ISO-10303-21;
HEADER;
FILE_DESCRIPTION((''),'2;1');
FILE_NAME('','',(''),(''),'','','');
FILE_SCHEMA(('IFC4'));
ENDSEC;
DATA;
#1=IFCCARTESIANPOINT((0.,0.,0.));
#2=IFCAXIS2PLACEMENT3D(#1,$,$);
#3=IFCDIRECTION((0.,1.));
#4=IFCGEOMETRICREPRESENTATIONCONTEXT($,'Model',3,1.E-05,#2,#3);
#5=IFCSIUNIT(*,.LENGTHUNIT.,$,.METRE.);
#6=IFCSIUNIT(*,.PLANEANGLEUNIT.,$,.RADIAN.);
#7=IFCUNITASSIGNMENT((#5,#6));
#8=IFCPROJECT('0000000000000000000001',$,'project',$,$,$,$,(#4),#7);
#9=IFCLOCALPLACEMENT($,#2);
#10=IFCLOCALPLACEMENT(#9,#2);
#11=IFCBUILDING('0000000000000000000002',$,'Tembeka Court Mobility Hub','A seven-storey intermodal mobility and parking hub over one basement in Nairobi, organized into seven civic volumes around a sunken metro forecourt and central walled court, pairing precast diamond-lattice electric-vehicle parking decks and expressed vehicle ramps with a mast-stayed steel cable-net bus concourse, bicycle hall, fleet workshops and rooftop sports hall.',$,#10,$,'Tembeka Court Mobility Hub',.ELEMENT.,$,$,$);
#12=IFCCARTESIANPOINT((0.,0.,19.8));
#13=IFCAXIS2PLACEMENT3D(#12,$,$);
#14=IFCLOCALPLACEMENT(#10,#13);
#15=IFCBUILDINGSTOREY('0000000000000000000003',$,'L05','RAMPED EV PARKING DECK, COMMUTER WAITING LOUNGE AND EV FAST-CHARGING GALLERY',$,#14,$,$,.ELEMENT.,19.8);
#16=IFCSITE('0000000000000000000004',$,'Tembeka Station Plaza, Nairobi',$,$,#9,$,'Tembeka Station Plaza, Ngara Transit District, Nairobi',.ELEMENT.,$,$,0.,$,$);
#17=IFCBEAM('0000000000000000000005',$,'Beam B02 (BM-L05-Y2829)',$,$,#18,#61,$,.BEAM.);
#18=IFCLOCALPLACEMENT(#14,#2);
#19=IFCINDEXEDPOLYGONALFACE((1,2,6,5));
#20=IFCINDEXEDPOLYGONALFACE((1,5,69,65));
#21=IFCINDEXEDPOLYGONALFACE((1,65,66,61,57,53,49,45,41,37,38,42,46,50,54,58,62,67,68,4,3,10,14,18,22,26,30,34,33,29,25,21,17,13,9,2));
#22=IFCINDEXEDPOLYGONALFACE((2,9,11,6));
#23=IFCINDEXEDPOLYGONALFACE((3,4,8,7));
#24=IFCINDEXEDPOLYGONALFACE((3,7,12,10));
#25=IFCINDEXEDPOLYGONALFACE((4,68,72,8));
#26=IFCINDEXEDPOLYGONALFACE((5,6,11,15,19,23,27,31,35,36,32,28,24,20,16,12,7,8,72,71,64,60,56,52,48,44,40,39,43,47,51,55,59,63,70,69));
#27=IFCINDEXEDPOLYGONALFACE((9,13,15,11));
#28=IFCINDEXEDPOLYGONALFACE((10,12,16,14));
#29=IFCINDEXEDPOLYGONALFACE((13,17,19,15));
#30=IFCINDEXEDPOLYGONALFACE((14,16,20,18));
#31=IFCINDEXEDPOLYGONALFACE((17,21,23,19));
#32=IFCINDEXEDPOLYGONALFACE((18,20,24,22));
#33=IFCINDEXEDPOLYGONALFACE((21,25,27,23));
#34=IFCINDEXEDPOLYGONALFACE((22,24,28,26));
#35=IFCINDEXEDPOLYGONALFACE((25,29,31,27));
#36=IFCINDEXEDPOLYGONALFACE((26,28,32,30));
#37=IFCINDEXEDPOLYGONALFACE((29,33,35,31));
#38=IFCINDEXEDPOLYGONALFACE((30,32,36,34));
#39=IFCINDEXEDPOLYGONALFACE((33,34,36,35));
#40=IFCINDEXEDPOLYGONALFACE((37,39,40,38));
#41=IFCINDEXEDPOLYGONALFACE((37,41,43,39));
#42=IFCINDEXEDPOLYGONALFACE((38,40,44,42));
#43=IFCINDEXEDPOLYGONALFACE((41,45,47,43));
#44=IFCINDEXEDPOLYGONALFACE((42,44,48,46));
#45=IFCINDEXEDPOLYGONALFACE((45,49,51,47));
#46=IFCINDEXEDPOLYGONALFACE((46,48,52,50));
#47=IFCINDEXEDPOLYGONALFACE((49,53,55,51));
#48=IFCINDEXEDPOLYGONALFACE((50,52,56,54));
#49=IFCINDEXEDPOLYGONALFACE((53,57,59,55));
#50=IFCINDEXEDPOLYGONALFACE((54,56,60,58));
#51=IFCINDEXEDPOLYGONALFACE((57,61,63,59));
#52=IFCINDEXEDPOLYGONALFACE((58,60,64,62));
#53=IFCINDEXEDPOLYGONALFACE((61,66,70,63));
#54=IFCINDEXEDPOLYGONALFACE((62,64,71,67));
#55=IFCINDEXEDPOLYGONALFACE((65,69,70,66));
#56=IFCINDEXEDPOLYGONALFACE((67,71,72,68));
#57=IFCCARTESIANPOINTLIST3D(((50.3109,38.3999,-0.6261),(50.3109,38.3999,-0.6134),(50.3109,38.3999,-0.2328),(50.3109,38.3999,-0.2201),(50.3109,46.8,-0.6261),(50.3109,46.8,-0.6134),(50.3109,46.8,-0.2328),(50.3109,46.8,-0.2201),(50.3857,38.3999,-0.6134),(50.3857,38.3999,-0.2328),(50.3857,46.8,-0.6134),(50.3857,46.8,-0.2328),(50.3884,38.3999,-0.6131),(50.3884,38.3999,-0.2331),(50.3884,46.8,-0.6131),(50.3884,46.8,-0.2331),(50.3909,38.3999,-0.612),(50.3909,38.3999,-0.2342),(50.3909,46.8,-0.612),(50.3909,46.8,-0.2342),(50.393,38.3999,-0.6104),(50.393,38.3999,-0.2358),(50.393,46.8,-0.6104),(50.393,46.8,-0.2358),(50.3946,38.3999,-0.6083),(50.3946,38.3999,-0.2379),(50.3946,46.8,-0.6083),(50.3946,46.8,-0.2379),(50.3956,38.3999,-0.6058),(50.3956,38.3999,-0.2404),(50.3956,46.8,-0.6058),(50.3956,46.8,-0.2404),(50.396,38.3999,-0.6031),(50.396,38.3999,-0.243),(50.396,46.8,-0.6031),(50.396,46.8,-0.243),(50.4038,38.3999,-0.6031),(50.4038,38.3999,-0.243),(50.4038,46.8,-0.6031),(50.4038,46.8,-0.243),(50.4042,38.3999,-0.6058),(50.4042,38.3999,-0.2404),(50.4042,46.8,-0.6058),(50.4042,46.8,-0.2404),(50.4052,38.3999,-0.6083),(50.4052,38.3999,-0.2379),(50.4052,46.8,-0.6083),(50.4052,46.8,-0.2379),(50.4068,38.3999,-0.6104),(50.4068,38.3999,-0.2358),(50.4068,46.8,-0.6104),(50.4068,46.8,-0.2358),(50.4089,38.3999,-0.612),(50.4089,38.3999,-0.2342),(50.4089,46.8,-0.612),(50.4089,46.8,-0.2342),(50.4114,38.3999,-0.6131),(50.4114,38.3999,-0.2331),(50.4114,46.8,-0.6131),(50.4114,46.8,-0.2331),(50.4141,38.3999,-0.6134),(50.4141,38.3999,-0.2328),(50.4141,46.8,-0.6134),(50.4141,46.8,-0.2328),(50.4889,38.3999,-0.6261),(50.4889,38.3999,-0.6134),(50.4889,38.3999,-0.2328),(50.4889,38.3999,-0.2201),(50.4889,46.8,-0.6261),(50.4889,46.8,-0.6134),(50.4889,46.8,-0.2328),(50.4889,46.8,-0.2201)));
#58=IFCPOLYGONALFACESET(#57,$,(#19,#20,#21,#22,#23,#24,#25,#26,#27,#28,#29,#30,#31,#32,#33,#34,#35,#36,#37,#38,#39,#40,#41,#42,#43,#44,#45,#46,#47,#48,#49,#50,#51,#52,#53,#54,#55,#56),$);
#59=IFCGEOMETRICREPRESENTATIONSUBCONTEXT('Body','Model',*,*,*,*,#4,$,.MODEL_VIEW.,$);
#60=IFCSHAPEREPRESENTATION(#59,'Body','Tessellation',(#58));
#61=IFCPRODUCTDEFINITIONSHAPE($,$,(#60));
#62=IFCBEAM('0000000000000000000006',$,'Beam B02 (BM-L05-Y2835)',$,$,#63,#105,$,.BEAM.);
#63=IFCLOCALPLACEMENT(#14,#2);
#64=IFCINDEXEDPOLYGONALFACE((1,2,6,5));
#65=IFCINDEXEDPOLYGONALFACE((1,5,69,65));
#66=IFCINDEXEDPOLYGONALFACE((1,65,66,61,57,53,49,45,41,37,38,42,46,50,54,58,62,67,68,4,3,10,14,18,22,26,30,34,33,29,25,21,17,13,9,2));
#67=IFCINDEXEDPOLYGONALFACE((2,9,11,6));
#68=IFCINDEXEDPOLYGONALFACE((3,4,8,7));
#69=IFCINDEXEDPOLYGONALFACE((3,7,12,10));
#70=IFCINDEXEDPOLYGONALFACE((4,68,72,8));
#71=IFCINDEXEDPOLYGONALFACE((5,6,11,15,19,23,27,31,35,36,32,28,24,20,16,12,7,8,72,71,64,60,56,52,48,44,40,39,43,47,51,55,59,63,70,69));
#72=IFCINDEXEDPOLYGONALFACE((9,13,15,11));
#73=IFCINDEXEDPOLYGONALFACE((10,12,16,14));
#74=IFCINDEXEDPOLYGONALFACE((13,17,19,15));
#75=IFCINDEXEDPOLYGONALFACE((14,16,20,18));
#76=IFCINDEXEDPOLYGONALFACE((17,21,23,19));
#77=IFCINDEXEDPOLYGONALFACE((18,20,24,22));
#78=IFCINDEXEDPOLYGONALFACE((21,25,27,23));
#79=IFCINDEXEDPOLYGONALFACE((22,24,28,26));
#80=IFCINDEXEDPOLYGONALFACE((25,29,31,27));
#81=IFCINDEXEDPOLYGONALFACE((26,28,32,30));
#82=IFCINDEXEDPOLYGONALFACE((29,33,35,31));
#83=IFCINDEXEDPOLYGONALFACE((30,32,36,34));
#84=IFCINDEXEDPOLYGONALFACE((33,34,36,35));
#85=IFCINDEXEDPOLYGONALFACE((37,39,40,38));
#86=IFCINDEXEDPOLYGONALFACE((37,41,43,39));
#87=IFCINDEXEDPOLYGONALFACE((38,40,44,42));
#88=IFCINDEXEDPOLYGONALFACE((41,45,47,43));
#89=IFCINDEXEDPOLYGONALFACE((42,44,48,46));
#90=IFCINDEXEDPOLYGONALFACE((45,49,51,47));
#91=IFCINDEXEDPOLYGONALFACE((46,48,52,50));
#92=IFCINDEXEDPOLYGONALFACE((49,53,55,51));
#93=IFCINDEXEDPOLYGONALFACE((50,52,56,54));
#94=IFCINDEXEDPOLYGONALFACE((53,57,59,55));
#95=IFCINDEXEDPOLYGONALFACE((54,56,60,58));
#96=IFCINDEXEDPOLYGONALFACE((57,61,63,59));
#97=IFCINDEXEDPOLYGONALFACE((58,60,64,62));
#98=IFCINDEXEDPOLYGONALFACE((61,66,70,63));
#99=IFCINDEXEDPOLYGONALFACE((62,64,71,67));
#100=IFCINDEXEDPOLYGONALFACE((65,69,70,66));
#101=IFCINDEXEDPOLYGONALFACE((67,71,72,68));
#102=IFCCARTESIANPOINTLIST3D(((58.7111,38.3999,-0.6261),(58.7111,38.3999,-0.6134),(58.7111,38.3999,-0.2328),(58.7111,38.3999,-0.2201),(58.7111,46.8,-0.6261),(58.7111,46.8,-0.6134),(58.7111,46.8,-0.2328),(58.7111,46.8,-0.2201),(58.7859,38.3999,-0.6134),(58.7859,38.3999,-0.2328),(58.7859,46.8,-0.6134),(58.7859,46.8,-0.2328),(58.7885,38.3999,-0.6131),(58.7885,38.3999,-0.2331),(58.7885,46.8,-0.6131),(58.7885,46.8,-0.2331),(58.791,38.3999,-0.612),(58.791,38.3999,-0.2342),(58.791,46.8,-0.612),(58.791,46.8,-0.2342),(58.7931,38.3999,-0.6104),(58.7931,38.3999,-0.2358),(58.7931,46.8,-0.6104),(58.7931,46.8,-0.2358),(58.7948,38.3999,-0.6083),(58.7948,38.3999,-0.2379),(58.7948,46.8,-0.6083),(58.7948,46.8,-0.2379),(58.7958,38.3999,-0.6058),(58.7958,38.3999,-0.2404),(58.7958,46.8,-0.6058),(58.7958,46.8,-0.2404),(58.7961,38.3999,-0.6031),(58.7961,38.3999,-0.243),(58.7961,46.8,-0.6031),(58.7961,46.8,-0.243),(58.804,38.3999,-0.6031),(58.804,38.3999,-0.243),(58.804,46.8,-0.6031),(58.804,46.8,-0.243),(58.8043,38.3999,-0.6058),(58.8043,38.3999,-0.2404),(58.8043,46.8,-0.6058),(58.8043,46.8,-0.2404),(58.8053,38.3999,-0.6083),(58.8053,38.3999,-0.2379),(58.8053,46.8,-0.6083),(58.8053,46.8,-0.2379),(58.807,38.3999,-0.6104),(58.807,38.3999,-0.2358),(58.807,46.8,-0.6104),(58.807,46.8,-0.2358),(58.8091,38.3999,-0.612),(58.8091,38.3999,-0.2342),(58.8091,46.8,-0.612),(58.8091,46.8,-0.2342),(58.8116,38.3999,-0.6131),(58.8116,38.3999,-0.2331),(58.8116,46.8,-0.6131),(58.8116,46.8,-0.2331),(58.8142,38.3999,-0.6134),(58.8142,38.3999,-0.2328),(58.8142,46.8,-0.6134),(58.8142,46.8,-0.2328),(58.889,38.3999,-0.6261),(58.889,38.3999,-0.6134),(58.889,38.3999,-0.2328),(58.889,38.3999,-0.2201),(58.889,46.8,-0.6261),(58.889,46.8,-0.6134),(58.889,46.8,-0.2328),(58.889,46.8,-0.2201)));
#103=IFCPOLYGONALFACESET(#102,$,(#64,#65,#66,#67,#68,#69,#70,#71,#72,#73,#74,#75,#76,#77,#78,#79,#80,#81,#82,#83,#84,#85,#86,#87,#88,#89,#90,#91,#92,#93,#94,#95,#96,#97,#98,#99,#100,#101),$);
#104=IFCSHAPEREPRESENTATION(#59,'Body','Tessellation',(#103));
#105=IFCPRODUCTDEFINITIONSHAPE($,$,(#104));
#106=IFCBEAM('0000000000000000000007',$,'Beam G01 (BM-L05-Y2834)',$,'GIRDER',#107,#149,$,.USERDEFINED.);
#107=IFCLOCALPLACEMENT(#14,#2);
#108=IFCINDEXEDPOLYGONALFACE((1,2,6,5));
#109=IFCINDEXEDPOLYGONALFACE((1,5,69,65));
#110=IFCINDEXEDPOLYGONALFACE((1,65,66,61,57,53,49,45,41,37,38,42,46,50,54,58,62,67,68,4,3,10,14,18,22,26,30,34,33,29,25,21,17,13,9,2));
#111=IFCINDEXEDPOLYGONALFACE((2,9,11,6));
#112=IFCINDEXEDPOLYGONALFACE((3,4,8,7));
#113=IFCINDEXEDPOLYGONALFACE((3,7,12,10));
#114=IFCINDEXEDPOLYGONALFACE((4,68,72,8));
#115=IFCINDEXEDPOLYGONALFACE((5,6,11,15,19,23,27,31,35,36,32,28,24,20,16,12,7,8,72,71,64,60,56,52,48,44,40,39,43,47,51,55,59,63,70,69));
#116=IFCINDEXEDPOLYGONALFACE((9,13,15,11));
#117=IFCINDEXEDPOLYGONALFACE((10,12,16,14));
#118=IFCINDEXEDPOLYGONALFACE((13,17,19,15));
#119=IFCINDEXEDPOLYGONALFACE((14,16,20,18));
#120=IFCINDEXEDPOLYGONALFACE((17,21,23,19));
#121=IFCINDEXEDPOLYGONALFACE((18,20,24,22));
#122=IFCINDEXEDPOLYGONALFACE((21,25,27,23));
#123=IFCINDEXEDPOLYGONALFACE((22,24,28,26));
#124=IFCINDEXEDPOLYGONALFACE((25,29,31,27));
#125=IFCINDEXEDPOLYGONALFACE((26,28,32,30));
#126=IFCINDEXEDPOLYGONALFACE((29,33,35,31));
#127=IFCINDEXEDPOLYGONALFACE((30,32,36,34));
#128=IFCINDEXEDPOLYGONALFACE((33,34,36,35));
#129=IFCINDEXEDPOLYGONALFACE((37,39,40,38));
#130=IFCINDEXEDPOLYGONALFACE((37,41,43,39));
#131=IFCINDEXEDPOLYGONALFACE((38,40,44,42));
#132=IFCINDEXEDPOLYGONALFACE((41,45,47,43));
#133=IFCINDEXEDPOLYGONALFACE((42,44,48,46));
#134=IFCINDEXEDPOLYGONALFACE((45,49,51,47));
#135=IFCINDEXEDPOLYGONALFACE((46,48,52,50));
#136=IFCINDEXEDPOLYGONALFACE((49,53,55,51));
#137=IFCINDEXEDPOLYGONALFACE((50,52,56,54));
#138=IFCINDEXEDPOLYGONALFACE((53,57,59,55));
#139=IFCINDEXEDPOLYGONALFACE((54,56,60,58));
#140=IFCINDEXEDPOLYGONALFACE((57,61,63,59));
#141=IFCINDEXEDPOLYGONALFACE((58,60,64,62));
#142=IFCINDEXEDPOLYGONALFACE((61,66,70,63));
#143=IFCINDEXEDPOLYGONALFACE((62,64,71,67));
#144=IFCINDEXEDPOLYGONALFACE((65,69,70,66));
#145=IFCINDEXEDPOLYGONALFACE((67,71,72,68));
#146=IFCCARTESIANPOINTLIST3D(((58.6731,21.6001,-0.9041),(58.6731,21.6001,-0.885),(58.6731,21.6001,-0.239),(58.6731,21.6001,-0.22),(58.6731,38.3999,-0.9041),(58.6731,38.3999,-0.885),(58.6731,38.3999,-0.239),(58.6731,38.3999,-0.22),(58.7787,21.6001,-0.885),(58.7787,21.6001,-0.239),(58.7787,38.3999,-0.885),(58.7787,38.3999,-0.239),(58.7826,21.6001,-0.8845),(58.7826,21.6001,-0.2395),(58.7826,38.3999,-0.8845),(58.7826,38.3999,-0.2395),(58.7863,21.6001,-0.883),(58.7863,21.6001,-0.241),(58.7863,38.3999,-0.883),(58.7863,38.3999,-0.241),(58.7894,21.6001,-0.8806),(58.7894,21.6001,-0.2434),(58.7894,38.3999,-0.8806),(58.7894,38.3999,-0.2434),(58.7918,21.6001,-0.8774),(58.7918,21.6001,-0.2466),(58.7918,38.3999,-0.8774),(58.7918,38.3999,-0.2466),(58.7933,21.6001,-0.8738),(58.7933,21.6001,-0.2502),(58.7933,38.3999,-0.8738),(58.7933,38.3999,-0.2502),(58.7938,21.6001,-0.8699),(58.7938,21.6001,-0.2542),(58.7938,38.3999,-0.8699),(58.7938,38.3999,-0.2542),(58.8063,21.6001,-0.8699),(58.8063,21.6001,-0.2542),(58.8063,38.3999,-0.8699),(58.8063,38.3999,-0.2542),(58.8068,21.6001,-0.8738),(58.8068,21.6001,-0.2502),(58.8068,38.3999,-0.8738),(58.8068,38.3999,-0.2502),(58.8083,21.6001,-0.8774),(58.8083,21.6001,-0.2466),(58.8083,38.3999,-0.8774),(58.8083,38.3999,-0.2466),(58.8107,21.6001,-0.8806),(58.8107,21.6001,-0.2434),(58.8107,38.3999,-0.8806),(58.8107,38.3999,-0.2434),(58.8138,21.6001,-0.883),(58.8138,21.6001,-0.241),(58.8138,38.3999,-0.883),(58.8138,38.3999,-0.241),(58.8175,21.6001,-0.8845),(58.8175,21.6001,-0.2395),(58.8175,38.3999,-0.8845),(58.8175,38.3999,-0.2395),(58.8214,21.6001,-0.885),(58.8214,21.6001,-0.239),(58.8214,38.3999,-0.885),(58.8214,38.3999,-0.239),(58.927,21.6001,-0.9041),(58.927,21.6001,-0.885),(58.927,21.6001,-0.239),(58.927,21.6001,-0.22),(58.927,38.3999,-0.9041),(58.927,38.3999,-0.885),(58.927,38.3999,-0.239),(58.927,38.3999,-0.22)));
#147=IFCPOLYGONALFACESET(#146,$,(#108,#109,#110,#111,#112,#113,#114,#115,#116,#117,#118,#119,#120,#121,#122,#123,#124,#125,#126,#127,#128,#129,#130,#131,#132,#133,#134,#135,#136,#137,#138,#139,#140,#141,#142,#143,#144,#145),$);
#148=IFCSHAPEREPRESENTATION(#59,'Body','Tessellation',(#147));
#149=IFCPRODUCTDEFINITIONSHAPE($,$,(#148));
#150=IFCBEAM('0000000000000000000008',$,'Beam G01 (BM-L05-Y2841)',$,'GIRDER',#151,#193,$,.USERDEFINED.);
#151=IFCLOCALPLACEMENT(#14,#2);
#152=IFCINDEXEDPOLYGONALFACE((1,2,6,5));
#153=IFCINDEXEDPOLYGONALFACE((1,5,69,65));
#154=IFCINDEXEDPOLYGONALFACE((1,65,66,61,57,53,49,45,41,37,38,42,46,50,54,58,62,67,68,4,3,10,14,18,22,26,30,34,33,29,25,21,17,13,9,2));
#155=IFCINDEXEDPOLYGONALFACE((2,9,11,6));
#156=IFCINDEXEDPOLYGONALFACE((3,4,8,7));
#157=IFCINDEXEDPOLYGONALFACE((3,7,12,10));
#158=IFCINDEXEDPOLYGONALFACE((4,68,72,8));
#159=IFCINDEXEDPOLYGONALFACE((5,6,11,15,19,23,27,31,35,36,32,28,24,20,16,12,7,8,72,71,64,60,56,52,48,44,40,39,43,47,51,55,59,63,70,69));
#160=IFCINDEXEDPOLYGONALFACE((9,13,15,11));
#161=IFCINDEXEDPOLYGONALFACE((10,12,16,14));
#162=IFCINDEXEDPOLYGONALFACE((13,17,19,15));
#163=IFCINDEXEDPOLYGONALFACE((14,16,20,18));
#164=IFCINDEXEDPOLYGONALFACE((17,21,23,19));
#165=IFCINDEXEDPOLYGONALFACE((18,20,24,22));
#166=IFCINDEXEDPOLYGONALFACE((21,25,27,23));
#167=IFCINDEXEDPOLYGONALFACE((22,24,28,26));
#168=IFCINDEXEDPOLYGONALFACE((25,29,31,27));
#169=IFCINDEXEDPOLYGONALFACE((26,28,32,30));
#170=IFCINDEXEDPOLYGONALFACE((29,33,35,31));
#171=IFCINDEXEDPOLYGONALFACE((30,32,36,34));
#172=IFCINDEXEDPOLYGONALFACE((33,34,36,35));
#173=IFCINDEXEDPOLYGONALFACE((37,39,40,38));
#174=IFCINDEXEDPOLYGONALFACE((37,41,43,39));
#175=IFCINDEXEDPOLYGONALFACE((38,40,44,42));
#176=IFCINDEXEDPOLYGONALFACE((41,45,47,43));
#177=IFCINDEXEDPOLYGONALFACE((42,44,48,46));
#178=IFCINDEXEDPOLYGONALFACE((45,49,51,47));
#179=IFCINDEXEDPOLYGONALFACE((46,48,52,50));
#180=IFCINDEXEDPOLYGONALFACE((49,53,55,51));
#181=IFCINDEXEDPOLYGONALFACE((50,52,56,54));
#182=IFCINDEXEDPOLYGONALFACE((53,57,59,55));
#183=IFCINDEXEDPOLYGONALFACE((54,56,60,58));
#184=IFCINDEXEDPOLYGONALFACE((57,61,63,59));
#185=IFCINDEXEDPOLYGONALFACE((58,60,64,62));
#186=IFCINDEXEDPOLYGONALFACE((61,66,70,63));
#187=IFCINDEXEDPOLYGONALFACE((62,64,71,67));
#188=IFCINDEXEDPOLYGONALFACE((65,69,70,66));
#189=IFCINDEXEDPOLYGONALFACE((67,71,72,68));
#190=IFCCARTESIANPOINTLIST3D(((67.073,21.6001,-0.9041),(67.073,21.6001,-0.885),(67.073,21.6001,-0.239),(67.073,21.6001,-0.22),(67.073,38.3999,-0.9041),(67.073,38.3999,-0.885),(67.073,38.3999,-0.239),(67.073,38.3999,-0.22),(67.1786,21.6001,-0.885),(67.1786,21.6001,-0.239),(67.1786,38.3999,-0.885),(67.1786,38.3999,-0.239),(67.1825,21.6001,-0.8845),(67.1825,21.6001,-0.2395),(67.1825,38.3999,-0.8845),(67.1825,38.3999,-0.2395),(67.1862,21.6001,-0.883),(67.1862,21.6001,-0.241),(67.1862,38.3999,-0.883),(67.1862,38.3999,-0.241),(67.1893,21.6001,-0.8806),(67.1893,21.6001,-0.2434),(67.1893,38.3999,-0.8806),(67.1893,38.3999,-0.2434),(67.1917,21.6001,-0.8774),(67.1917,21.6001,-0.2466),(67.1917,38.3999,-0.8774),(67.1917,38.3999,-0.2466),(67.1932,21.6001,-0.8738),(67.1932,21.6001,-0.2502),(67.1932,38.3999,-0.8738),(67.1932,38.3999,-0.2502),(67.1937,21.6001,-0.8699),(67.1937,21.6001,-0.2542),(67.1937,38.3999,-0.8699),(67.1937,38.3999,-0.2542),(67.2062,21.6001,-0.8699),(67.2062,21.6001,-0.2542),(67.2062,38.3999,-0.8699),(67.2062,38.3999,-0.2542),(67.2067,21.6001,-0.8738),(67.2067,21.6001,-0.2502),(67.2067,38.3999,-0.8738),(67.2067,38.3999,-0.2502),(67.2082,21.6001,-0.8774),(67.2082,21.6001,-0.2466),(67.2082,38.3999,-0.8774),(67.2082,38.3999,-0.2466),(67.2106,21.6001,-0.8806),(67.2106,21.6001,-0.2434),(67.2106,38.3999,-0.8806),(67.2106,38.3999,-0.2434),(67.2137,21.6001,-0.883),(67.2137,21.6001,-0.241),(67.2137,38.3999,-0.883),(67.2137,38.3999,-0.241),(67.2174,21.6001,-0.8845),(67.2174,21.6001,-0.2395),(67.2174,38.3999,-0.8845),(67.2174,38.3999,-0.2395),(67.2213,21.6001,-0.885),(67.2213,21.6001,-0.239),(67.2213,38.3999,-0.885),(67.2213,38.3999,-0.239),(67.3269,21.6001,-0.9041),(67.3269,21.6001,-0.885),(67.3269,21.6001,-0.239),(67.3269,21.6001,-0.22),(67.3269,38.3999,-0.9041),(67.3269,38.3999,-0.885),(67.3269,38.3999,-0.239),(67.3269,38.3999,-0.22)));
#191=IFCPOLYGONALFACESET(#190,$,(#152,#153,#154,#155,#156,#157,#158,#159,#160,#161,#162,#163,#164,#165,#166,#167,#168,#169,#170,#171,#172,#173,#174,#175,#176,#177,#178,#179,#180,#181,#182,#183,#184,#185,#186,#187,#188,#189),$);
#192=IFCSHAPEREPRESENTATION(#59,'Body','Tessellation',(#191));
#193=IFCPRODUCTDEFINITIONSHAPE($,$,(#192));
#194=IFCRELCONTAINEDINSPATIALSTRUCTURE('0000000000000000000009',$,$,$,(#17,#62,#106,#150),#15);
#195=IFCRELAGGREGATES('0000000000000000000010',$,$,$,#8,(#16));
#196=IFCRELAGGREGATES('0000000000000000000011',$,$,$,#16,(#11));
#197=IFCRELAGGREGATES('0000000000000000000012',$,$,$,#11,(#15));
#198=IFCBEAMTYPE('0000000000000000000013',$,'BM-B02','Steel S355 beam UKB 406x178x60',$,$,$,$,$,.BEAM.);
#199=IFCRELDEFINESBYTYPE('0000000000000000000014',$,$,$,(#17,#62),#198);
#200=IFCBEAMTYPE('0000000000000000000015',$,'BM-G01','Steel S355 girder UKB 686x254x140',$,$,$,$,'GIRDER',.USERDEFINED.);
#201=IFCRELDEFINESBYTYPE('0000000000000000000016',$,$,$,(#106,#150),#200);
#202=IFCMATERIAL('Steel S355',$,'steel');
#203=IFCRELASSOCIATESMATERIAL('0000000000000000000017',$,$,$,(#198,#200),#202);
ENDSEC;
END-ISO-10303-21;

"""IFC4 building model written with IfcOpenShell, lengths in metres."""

from ifc_helpers import new_model, si_unit, direction, frame, origin, origin_2d, place, context, subcontext, project, spatial, i_section, extrude, material, material_profile, profile_set, type_object, element, save


model = new_model("IFC4")

# Units and contexts
model_context = context("Model", 3, precision=1e-05, world=origin(), true_north=direction((0.0, 1.0)))
body_context = subcontext(model_context, "Body", "Model", "MODEL_VIEW")
ifc_project = project(units=[si_unit("LENGTHUNIT", "METRE"), si_unit("PLANEANGLEUNIT", "RADIAN")], contexts=[model_context])

# Site, building, storey
site_placement = place(None, origin())
site = spatial("IfcSite", under=ifc_project, at=site_placement, Name="Tembeka Station Plaza, Nairobi", LongName="Tembeka Station Plaza, Ngara Transit District, Nairobi", CompositionType="ELEMENT", RefElevation=0.0)
building_placement = place(site_placement, origin())
building = spatial("IfcBuilding", under=site, at=building_placement, Name="Tembeka Court Mobility Hub", Description="A seven-storey intermodal mobility and parking hub over one basement in Nairobi, organized into seven civic volumes around a sunken metro forecourt and central walled court, pairing precast diamond-lattice electric-vehicle parking decks and expressed vehicle ramps with a mast-stayed steel cable-net bus concourse, bicycle hall, fleet workshops and rooftop sports hall.", LongName="Tembeka Court Mobility Hub", CompositionType="ELEMENT")
storey_placement = place(building_placement, frame((0.0, 0.0, 19.8)))
storey = spatial("IfcBuildingStorey", under=building, at=storey_placement, Name="L05", Description="RAMPED EV PARKING DECK, COMMUTER WAITING LOUNGE AND EV FAST-CHARGING GALLERY", CompositionType="ELEMENT", Elevation=19.8)

# Shared definitions
ifc_material_1 = material(Name="Steel S355", Category="steel")

# Beams
ifc_material_profile_1 = material_profile(ifc_material_1, i_section(OverallWidth=0.178, OverallDepth=0.406, WebThickness=0.0078, FlangeThickness=0.0127, FilletRadius=0.0103, at=origin_2d()), Name="UKB 406x178x60")
ifc_profile_set_1 = profile_set([ifc_material_profile_1], Name="Steel S355")
beam_type_1 = type_object("IfcBeamType", Name="BM-B02", Description="Steel S355 beam UKB 406x178x60", PredefinedType="BEAM", material=ifc_profile_set_1)
for number, where, z_axis, x_axis, name in (
    (1, (50.3999, 38.3999, -0.4231), (0.0, 1.0, 0.0), (-1.0, 0.0, 0.0), "Beam B02 (BM-L05-Y2829)"),
    (2, (58.8, 38.3999, -0.4231), (0.0, 1.0, 0.0), (-1.0, 0.0, 0.0), "Beam B02 (BM-L05-Y2835)"),
):
    element("IfcBeam", number, at=place(storey_placement, frame(where, z_axis=z_axis, x_axis=x_axis)), inside=storey, type_object=beam_type_1, Name=name, PredefinedType="BEAM", context=body_context, shape_type="SweptSolid", body=[
        extrude(i_section(OverallWidth=0.178, OverallDepth=0.406, WebThickness=0.0078, FlangeThickness=0.0127, FilletRadius=0.0103, at=origin_2d()), origin(), (0.0, 0.0, 1.0), 8.4001),
    ])
ifc_material_profile_2 = material_profile(ifc_material_1, i_section(OverallWidth=0.2539, OverallDepth=0.6841, WebThickness=0.0125, FlangeThickness=0.019, FilletRadius=0.0151, at=origin_2d()), Name="UKB 686x254x140")
ifc_profile_set_2 = profile_set([ifc_material_profile_2], Name="Steel S355")
beam_type_2 = type_object("IfcBeamType", Name="BM-G01", Description="Steel S355 girder UKB 686x254x140", ElementType="GIRDER", PredefinedType="USERDEFINED", material=ifc_profile_set_2)
for number, where, z_axis, x_axis, name in (
    (3, (58.8, 21.6001, -0.562), (0.0, 1.0, 0.0), (-1.0, 0.0, 0.0), "Beam G01 (BM-L05-Y2834)"),
    (4, (67.2, 21.6001, -0.562), (0.0, 1.0, 0.0), (-1.0, 0.0, 0.0), "Beam G01 (BM-L05-Y2841)"),
):
    element("IfcBeam", number, at=place(storey_placement, frame(where, z_axis=z_axis, x_axis=x_axis)), inside=storey, type_object=beam_type_2, Name=name, ObjectType="GIRDER", PredefinedType="USERDEFINED", context=body_context, shape_type="SweptSolid", body=[
        extrude(i_section(OverallWidth=0.2539, OverallDepth=0.6841, WebThickness=0.0125, FlangeThickness=0.019, FilletRadius=0.0151, at=origin_2d()), origin(), (0.0, 0.0, 1.0), 16.7998),
    ])

save(model, "model.ifc")
